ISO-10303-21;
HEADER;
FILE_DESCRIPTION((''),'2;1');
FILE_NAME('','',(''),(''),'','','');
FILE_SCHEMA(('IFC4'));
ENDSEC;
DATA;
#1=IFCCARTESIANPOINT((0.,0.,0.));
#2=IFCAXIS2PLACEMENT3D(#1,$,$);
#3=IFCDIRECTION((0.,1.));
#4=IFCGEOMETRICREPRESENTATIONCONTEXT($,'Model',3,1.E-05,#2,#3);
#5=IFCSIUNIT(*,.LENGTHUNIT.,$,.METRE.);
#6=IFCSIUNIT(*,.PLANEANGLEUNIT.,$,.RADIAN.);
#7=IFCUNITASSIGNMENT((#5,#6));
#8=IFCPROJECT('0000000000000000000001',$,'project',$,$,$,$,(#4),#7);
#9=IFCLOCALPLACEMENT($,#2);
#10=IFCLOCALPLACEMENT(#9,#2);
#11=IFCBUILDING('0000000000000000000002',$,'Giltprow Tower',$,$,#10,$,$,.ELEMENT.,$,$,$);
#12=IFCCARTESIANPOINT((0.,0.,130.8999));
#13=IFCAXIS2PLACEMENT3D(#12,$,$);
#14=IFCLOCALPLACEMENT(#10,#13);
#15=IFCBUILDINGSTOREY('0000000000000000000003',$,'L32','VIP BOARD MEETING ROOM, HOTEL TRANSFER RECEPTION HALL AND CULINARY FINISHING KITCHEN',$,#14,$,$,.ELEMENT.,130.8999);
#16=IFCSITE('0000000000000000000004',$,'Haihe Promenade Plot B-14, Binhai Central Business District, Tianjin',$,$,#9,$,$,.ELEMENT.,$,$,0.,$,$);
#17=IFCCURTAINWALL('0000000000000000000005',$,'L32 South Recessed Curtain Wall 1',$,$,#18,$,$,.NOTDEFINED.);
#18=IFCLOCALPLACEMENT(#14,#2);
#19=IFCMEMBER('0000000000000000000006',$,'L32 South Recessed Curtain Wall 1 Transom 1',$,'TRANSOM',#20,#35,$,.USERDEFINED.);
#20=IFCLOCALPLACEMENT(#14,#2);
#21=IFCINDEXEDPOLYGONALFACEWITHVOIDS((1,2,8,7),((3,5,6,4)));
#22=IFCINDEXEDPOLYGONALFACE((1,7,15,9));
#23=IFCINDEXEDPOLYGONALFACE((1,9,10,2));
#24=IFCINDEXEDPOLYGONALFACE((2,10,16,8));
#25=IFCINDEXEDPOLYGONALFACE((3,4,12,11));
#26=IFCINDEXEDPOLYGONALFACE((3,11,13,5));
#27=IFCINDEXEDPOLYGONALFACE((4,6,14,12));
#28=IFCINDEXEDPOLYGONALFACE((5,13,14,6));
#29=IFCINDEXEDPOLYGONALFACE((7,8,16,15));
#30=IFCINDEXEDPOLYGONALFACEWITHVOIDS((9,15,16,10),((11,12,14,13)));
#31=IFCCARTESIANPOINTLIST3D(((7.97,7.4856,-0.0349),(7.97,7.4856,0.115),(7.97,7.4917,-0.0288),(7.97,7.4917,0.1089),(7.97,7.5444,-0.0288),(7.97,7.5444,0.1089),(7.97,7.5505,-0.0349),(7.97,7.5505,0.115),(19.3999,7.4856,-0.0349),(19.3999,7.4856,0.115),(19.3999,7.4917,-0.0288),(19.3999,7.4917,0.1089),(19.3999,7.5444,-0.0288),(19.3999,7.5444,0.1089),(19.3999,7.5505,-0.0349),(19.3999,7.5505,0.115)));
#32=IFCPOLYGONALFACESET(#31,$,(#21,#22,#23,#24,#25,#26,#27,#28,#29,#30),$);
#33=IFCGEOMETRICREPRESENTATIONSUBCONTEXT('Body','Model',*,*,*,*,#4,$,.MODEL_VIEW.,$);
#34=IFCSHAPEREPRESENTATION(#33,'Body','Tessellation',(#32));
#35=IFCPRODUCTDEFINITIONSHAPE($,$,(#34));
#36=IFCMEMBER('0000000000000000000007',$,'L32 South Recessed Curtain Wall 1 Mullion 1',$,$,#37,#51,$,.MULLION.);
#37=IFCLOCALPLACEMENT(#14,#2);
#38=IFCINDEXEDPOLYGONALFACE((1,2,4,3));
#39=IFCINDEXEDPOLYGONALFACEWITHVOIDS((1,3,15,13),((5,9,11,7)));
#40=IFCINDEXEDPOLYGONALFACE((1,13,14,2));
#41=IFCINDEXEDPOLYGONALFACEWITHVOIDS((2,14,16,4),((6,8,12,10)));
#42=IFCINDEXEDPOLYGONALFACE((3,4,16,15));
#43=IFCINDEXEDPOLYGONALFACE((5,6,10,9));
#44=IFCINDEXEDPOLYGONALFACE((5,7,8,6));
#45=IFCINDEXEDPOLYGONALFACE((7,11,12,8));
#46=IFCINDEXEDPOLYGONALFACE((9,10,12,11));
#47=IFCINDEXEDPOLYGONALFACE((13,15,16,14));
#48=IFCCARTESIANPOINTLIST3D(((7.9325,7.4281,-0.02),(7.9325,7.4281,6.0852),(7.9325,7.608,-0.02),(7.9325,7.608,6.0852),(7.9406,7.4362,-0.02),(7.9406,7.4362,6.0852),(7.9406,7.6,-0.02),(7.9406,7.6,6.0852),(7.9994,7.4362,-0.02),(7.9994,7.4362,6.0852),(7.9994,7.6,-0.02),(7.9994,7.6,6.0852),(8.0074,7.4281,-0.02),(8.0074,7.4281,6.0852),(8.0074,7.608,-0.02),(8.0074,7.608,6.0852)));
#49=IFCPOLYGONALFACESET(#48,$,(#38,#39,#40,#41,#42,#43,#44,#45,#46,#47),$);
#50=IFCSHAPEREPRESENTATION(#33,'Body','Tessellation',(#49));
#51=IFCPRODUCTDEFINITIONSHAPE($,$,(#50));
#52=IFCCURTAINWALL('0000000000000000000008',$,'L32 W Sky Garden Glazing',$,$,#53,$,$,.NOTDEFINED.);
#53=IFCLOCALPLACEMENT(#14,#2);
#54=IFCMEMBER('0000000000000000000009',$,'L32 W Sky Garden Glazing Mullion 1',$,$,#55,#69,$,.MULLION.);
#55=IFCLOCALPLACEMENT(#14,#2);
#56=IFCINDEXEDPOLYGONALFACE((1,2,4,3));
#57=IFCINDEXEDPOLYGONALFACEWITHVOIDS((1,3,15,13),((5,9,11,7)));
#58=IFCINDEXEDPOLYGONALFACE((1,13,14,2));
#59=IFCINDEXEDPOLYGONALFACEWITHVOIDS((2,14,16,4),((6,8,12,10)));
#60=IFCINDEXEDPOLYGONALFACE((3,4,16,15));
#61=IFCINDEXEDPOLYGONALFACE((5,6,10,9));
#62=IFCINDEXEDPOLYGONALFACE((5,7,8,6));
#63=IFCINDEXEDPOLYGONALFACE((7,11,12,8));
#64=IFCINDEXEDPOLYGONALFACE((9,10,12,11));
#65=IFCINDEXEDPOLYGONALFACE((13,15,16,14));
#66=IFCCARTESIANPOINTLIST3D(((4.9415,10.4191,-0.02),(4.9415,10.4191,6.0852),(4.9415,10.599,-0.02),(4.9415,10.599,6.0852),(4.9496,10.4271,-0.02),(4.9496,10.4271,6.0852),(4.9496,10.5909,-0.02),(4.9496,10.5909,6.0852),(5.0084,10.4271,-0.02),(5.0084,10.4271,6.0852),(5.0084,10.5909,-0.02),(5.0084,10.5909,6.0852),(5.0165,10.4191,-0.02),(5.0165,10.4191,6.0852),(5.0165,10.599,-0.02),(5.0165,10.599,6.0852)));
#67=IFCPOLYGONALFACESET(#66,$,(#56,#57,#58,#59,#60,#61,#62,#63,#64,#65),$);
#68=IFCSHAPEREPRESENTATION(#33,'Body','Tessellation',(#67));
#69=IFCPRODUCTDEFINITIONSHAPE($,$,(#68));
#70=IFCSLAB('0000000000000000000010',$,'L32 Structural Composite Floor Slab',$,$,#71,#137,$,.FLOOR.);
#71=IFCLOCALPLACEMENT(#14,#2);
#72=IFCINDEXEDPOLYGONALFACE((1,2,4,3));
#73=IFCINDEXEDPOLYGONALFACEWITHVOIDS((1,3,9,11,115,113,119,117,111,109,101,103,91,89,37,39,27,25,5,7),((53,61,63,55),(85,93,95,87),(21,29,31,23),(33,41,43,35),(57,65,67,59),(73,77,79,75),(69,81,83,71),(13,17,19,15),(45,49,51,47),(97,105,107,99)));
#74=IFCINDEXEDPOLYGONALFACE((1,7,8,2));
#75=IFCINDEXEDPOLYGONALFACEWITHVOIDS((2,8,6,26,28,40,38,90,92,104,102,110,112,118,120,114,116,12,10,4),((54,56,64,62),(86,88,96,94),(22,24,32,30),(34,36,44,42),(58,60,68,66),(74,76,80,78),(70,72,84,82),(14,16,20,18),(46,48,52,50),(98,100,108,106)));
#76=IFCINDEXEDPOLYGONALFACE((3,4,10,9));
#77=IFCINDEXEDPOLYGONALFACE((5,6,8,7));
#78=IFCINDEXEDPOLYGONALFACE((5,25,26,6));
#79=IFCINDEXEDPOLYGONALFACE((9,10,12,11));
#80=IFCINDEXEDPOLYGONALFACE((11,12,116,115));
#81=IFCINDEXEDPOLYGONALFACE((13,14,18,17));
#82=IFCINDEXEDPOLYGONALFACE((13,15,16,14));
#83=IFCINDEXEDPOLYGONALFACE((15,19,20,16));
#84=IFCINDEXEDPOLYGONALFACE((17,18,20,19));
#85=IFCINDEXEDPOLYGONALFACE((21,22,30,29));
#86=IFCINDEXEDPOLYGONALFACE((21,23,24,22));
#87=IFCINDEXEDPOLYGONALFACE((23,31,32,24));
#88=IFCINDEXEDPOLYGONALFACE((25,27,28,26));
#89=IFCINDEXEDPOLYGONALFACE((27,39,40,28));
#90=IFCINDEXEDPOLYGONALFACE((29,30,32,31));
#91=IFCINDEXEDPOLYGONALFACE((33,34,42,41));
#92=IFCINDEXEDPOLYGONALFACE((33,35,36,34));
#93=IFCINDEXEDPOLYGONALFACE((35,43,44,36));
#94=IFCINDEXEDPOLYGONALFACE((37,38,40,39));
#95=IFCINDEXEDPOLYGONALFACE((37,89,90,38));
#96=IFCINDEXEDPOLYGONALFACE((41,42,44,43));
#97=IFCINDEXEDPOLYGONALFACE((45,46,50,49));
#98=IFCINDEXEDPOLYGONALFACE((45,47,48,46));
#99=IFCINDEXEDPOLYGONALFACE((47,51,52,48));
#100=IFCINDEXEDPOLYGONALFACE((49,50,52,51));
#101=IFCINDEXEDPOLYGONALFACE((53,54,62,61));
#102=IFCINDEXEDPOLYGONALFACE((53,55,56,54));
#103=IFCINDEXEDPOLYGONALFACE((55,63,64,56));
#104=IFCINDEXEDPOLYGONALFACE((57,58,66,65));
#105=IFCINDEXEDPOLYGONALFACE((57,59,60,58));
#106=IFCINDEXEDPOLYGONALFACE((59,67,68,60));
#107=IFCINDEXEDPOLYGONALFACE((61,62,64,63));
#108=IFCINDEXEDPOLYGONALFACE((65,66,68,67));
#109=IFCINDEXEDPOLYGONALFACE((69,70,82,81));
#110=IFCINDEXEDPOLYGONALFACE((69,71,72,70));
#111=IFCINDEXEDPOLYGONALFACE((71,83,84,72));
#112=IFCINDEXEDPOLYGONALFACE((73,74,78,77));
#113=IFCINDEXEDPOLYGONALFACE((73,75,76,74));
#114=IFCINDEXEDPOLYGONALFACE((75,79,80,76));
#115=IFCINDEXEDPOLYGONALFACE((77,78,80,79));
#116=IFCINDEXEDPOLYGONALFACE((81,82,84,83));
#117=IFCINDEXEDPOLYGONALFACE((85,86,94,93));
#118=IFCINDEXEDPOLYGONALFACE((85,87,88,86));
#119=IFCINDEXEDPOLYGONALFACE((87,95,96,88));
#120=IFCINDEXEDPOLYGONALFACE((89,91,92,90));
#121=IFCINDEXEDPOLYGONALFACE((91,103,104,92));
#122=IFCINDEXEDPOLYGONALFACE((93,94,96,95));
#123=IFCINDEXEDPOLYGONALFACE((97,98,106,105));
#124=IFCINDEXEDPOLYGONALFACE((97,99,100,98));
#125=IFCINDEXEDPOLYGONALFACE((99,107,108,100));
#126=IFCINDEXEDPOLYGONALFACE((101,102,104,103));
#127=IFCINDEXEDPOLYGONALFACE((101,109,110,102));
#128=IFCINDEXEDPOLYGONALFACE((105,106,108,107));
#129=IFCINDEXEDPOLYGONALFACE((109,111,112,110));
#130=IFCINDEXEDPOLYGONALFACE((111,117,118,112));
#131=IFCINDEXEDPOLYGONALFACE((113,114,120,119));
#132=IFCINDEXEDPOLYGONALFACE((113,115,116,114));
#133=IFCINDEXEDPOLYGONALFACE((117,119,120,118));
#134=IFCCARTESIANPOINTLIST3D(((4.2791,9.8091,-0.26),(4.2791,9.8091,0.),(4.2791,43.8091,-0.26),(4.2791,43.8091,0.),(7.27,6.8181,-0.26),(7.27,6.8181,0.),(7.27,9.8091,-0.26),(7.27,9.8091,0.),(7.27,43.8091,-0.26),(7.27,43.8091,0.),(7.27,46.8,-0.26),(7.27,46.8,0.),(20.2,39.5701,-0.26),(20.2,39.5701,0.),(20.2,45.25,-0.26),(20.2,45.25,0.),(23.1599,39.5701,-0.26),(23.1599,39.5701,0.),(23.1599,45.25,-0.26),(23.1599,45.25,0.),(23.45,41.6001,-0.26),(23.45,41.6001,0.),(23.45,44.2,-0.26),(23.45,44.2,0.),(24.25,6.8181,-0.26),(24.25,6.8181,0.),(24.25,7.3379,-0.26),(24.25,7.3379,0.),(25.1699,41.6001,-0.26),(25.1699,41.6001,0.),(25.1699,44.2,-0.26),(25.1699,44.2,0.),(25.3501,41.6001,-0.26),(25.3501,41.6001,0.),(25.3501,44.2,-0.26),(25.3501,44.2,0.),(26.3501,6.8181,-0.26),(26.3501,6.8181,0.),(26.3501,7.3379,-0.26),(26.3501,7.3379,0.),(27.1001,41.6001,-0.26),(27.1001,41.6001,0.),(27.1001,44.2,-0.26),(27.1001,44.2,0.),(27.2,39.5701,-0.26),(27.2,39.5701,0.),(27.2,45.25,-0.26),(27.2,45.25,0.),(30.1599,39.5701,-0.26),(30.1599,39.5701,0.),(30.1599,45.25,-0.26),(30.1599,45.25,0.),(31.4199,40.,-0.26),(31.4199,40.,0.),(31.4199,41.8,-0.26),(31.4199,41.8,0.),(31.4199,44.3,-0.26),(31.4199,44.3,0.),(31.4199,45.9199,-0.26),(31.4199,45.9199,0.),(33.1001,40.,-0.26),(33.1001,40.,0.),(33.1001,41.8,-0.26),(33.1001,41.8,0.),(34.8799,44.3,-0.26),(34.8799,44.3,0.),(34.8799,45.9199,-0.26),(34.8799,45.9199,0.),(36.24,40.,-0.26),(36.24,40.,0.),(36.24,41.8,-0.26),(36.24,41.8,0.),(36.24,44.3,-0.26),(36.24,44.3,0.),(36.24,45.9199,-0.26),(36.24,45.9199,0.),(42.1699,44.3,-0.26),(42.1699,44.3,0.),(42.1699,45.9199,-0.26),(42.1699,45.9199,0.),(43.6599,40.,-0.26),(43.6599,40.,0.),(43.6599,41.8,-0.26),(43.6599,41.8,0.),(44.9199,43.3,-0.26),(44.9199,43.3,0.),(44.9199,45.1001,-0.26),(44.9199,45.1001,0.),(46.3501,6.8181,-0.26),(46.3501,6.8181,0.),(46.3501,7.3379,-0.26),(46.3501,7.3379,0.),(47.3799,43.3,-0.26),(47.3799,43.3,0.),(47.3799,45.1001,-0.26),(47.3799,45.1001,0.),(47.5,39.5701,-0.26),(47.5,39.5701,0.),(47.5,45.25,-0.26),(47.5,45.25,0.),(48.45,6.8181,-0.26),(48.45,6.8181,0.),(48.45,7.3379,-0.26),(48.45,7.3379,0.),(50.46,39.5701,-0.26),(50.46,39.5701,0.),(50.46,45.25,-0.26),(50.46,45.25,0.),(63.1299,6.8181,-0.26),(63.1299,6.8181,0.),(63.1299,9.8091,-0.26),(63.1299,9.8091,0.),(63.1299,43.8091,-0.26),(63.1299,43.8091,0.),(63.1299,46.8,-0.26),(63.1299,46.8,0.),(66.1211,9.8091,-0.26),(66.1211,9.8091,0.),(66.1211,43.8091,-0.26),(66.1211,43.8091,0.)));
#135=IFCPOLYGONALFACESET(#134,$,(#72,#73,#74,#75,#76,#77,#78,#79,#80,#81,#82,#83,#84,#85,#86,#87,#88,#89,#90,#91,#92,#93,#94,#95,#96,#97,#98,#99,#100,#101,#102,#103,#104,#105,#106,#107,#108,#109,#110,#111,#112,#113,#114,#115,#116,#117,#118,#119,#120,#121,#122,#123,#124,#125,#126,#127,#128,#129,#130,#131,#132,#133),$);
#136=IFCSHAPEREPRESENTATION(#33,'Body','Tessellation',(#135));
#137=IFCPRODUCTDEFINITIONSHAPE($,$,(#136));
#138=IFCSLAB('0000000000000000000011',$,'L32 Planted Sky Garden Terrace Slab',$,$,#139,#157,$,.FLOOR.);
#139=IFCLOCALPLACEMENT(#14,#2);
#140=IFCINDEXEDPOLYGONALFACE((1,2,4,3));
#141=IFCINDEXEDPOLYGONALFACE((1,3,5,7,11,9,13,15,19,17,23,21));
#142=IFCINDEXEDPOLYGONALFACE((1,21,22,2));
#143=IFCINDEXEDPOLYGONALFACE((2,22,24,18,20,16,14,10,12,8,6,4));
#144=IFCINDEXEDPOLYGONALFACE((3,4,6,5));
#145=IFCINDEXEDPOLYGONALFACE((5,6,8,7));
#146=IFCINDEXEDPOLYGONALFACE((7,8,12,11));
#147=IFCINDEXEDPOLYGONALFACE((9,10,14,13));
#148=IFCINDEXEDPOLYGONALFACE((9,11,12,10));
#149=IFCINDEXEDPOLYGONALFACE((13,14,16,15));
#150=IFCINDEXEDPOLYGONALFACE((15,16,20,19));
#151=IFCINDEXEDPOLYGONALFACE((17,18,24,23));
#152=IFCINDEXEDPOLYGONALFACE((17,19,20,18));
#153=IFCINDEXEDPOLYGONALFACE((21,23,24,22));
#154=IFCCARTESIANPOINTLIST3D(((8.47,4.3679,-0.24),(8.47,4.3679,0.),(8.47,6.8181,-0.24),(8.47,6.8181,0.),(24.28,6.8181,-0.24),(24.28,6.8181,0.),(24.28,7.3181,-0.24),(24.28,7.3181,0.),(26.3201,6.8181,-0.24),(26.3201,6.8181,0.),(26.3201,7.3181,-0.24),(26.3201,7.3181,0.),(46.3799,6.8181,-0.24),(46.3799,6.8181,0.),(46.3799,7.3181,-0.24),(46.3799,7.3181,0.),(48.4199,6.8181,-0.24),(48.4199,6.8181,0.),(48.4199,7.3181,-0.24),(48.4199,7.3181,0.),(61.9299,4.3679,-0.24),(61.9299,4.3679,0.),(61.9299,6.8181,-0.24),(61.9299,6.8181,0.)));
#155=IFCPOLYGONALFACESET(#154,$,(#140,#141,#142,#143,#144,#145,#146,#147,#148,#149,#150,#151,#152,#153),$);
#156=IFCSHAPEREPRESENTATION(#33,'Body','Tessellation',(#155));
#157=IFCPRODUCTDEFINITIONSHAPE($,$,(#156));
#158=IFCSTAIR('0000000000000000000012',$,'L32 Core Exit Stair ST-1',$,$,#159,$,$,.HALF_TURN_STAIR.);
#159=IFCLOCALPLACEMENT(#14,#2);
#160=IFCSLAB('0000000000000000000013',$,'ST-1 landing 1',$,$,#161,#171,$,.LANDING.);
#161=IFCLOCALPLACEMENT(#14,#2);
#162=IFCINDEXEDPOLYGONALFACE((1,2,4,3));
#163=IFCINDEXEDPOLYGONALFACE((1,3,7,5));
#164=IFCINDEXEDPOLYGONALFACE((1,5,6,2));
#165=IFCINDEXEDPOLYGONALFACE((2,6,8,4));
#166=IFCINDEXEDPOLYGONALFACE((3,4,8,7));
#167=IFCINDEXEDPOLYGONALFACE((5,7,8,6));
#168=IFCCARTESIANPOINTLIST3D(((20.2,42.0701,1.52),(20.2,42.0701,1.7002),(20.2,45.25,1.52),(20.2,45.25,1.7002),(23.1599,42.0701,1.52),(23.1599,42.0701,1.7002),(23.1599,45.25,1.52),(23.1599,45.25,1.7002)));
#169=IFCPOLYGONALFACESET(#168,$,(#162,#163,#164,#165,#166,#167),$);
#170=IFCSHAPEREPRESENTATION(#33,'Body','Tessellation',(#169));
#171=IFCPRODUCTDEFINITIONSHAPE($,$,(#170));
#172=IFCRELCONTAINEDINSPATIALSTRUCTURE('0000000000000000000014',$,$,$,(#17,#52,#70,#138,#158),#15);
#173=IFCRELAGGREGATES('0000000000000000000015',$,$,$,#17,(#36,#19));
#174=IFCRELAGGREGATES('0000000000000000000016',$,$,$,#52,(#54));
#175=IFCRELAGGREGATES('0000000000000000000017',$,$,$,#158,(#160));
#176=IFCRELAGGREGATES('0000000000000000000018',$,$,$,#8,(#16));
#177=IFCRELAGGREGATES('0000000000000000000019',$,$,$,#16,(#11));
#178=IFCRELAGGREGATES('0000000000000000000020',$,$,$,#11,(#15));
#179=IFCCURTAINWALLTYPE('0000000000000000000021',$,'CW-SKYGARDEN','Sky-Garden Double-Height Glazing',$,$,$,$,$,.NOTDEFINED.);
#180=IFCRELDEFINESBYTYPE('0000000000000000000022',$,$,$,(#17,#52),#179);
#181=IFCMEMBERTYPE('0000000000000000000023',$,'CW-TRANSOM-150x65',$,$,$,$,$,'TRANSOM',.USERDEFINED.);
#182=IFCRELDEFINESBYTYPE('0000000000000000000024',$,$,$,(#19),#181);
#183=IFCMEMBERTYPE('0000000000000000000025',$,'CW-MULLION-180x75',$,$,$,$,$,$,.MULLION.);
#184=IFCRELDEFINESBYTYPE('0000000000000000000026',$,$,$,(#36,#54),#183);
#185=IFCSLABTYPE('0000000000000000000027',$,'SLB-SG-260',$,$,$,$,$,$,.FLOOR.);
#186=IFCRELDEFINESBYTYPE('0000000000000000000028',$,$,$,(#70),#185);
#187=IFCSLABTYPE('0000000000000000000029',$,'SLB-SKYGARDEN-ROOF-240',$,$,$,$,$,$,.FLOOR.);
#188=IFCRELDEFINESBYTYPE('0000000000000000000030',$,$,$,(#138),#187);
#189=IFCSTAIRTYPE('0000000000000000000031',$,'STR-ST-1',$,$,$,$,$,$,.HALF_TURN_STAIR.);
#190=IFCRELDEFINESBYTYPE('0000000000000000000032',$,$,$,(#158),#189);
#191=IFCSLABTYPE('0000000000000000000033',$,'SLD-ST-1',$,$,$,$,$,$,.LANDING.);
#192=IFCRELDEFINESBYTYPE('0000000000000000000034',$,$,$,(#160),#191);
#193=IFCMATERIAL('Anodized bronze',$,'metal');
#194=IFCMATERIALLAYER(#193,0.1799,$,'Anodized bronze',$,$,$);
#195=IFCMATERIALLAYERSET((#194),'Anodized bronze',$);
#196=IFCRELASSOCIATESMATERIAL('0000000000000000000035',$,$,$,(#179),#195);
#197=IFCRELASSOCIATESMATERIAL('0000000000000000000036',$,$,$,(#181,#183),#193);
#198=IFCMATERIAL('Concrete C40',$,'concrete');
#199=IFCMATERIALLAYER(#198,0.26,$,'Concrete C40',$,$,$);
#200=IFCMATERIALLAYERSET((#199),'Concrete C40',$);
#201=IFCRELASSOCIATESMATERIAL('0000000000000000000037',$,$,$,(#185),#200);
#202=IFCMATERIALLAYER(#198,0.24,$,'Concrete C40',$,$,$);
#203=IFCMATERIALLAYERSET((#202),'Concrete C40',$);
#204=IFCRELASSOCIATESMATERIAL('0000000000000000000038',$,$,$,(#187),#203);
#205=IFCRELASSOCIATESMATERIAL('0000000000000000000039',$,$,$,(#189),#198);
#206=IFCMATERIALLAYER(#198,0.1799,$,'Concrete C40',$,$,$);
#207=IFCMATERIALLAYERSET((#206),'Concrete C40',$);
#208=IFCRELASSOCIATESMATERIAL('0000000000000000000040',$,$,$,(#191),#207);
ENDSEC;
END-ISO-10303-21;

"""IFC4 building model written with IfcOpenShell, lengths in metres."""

from ifc_helpers import new_model, si_unit, direction, frame, origin, origin_2d, place, context, subcontext, project, spatial, polyline, hollow_rectangle, outline, extrude, source, transform, mapped, material, layer, layer_set, material_profile, profile_set, type_object, element, aggregate, save


model = new_model("IFC4")

# Units and contexts
model_context = context("Model", 3, precision=1e-05, world=origin(), true_north=direction((0.0, 1.0)))
body_context = subcontext(model_context, "Body", "Model", "MODEL_VIEW")
ifc_project = project(units=[si_unit("LENGTHUNIT", "METRE"), si_unit("PLANEANGLEUNIT", "RADIAN")], contexts=[model_context])

# Site, building, storey
site_placement = place(None, origin())
site = spatial("IfcSite", under=ifc_project, at=site_placement, Name="Haihe Promenade Plot B-14, Binhai Central Business District, Tianjin", CompositionType="ELEMENT", RefElevation=0.0)
building_placement = place(site_placement, origin())
building = spatial("IfcBuilding", under=site, at=building_placement, Name="Giltprow Tower", CompositionType="ELEMENT")
storey_placement = place(building_placement, frame((0.0, 0.0, 130.8999)))
storey = spatial("IfcBuildingStorey", under=building, at=storey_placement, Name="L32", Description="VIP BOARD MEETING ROOM, HOTEL TRANSFER RECEPTION HALL AND CULINARY FINISHING KITCHEN", CompositionType="ELEMENT", Elevation=130.8999)

# Curtain wall, members
ifc_material_1 = material(Name="Anodized bronze", Category="metal")
ifc_layer_1 = layer(ifc_material_1, 0.1799, Name="Anodized bronze")
ifc_layer_set_1 = layer_set([ifc_layer_1], Name="Anodized bronze")
curtain_wall_type = type_object("IfcCurtainWallType", Name="CW-SKYGARDEN", Description="Sky-Garden Double-Height Glazing", PredefinedType="NOTDEFINED", material=ifc_layer_set_1)
curtain_wall_1_placement = place(storey_placement, origin())
curtain_wall_1 = element("IfcCurtainWall", 1, at=curtain_wall_1_placement, inside=storey, type_object=curtain_wall_type, Name="L32 South Recessed Curtain Wall 1", PredefinedType="NOTDEFINED")
ifc_material_profile_1 = material_profile(ifc_material_1, hollow_rectangle(XDim=0.0649, YDim=0.1499, WallThickness=0.0061, at=origin_2d()), Name="RHS 150x65x6")
ifc_profile_set_1 = profile_set([ifc_material_profile_1], Name="Anodized bronze")
member_type_1 = type_object("IfcMemberType", Name="CW-TRANSOM-150x65", ElementType="TRANSOM", PredefinedType="USERDEFINED", material=ifc_profile_set_1)
shared_shape_1 = source(origin(), body_context, "Body", "SweptSolid", [
    extrude(hollow_rectangle(XDim=0.0649, YDim=0.1499, WallThickness=0.0061, at=origin_2d()), origin(), (0.0, 0.0, 1.0), 11.4299),
])
member_1_placement = place(storey_placement, frame((7.97, 7.5181, 0.04), z_axis=(1.0, 0.0, 0.0), x_axis=(0.0, 1.0, 0.0)))
member_1 = element("IfcMember", 2, at=member_1_placement, type_object=member_type_1, Name="L32 South Recessed Curtain Wall 1 Transom 1", ObjectType="TRANSOM", PredefinedType="USERDEFINED", context=body_context, shape_type="MappedRepresentation", body=[
    mapped(shared_shape_1, transform((0.0, 0.0, 0.0), x_axis=(1.0, 0.0, 0.0), y_axis=(0.0, 1.0, 0.0), z_axis=(0.0, 0.0, 1.0), scale=1.0)),
])
ifc_material_profile_2 = material_profile(ifc_material_1, hollow_rectangle(XDim=0.075, YDim=0.1799, WallThickness=0.0081, at=origin_2d()), Name="RHS 180x75x8")
ifc_profile_set_2 = profile_set([ifc_material_profile_2], Name="Anodized bronze")
member_type_2 = type_object("IfcMemberType", Name="CW-MULLION-180x75", PredefinedType="MULLION", material=ifc_profile_set_2)
shared_shape_2 = source(origin(), body_context, "Body", "SweptSolid", [
    extrude(hollow_rectangle(XDim=0.075, YDim=0.1799, WallThickness=0.0081, at=origin_2d()), origin(), (0.0, 0.0, 1.0), 6.1052),
])
member_2_placement = place(storey_placement, frame((7.97, 7.5181, -0.02), z_axis=(0.0, 0.0, 1.0), x_axis=(1.0, 0.0, 0.0)))
member_2 = element("IfcMember", 3, at=member_2_placement, type_object=member_type_2, Name="L32 South Recessed Curtain Wall 1 Mullion 1", PredefinedType="MULLION", context=body_context, shape_type="MappedRepresentation", body=[
    mapped(shared_shape_2, transform((0.0, 0.0, 0.0), x_axis=(1.0, 0.0, 0.0), y_axis=(0.0, 1.0, 0.0), z_axis=(0.0, 0.0, 1.0), scale=1.0)),
])
aggregate(curtain_wall_1, [member_2, member_1])

# Curtain wall, member
curtain_wall_2_placement = place(storey_placement, origin())
curtain_wall_2 = element("IfcCurtainWall", 4, at=curtain_wall_2_placement, inside=storey, type_object=curtain_wall_type, Name="L32 W Sky Garden Glazing", PredefinedType="NOTDEFINED")
member_3_placement = place(storey_placement, frame((4.979, 10.509, -0.02), z_axis=(0.0, 0.0, 1.0), x_axis=(1.0, 0.0, 0.0)))
member_3 = element("IfcMember", 5, at=member_3_placement, type_object=member_type_2, Name="L32 W Sky Garden Glazing Mullion 1", PredefinedType="MULLION", context=body_context, shape_type="MappedRepresentation", body=[
    mapped(shared_shape_2, transform((0.0, 0.0, 0.0), x_axis=(1.0, 0.0, 0.0), y_axis=(0.0, 1.0, 0.0), z_axis=(0.0, 0.0, 1.0), scale=1.0)),
])
aggregate(curtain_wall_2, [member_3])

# Slabs
ifc_material_2 = material(Name="Concrete C40", Category="concrete")
ifc_layer_2 = layer(ifc_material_2, 0.26, Name="Concrete C40")
ifc_layer_set_2 = layer_set([ifc_layer_2], Name="Concrete C40")
slab_type_1 = type_object("IfcSlabType", Name="SLB-SG-260", PredefinedType="FLOOR", material=ifc_layer_set_2)
slab_1_placement = place(storey_placement, frame((0.0, 0.0, -0.26)))
element("IfcSlab", 6, at=slab_1_placement, inside=storey, type_object=slab_type_1, Name="L32 Structural Composite Floor Slab", PredefinedType="FLOOR", context=body_context, shape_type="SweptSolid", body=[
    extrude(outline(polyline([(7.27, 6.8181), (7.27, 9.8091), (4.2791, 9.8091), (4.2791, 43.8091), (7.27, 43.8091), (7.27, 46.8), (63.1299, 46.8), (63.1299, 43.8091), (66.1211, 43.8091), (66.1211, 9.8091), (63.1299, 9.8091), (63.1299, 6.8181), (48.45, 6.8181), (48.45, 7.3379), (46.3501, 7.3379), (46.3501, 6.8181), (26.3501, 6.8181), (26.3501, 7.3379), (24.25, 7.3379), (24.25, 6.8181), (7.27, 6.8181)]), holes=[polyline([(33.1001, 41.8), (31.4199, 41.8), (31.4199, 40.0), (33.1001, 40.0), (33.1001, 41.8)]), polyline([(23.1599, 39.5701), (23.1599, 45.25), (20.2, 45.25), (20.2, 39.5701), (23.1599, 39.5701)]), polyline([(30.1599, 45.25), (27.2, 45.25), (27.2, 39.5701), (30.1599, 39.5701), (30.1599, 45.25)]), polyline([(25.1699, 41.6001), (25.1699, 44.2), (23.45, 44.2), (23.45, 41.6001), (25.1699, 41.6001)]), polyline([(27.1001, 41.6001), (27.1001, 44.2), (25.3501, 44.2), (25.3501, 41.6001), (27.1001, 41.6001)]), polyline([(43.6599, 40.0), (43.6599, 41.8), (36.24, 41.8), (36.24, 40.0), (43.6599, 40.0)]), polyline([(50.46, 39.5701), (50.46, 45.25), (47.5, 45.25), (47.5, 39.5701), (50.46, 39.5701)]), polyline([(47.3799, 45.1001), (44.9199, 45.1001), (44.9199, 43.3), (47.3799, 43.3), (47.3799, 45.1001)]), polyline([(34.8799, 44.3), (34.8799, 45.9199), (31.4199, 45.9199), (31.4199, 44.3), (34.8799, 44.3)]), polyline([(42.1699, 44.3), (42.1699, 45.9199), (36.24, 45.9199), (36.24, 44.3), (42.1699, 44.3)])]), origin(), (0.0, 0.0, 1.0), 0.26),
])
ifc_layer_3 = layer(ifc_material_2, 0.24, Name="Concrete C40")
ifc_layer_set_3 = layer_set([ifc_layer_3], Name="Concrete C40")
slab_type_2 = type_object("IfcSlabType", Name="SLB-SKYGARDEN-ROOF-240", PredefinedType="FLOOR", material=ifc_layer_set_3)
slab_2_placement = place(storey_placement, frame((0.0, 0.0, -0.24)))
element("IfcSlab", 7, at=slab_2_placement, inside=storey, type_object=slab_type_2, Name="L32 Planted Sky Garden Terrace Slab", PredefinedType="FLOOR", context=body_context, shape_type="SweptSolid", body=[
    extrude(outline(polyline([(61.9299, 6.8181), (61.9299, 4.3679), (8.47, 4.3679), (8.47, 6.8181), (24.28, 6.8181), (24.28, 7.3181), (26.3201, 7.3181), (26.3201, 6.8181), (46.3799, 6.8181), (46.3799, 7.3181), (48.4199, 7.3181), (48.4199, 6.8181), (61.9299, 6.8181)])), origin(), (0.0, 0.0, 1.0), 0.24),
])

# Stair, slab
stair_type_1 = type_object("IfcStairType", Name="STR-ST-1", PredefinedType="HALF_TURN_STAIR", material=ifc_material_2)
stair_1_placement = place(storey_placement, origin())
stair_1 = element("IfcStair", 8, at=stair_1_placement, inside=storey, type_object=stair_type_1, Name="L32 Core Exit Stair ST-1", PredefinedType="HALF_TURN_STAIR")
ifc_layer_4 = layer(ifc_material_2, 0.1799, Name="Concrete C40")
ifc_layer_set_4 = layer_set([ifc_layer_4], Name="Concrete C40")
slab_type_3 = type_object("IfcSlabType", Name="SLD-ST-1", PredefinedType="LANDING", material=ifc_layer_set_4)
slab_3_placement = place(storey_placement, frame((0.0, 0.0, 1.52)))
slab_3 = element("IfcSlab", 9, at=slab_3_placement, type_object=slab_type_3, Name="ST-1 landing 1", PredefinedType="LANDING", context=body_context, shape_type="SweptSolid", body=[
    extrude(outline(polyline([(23.1599, 42.0701), (23.1599, 45.25), (20.2, 45.25), (20.2, 42.0701), (23.1599, 42.0701)])), origin(), (0.0, 0.0, 1.0), 0.1802),
])
aggregate(stair_1, [slab_3])

save(model, "model.ifc")
